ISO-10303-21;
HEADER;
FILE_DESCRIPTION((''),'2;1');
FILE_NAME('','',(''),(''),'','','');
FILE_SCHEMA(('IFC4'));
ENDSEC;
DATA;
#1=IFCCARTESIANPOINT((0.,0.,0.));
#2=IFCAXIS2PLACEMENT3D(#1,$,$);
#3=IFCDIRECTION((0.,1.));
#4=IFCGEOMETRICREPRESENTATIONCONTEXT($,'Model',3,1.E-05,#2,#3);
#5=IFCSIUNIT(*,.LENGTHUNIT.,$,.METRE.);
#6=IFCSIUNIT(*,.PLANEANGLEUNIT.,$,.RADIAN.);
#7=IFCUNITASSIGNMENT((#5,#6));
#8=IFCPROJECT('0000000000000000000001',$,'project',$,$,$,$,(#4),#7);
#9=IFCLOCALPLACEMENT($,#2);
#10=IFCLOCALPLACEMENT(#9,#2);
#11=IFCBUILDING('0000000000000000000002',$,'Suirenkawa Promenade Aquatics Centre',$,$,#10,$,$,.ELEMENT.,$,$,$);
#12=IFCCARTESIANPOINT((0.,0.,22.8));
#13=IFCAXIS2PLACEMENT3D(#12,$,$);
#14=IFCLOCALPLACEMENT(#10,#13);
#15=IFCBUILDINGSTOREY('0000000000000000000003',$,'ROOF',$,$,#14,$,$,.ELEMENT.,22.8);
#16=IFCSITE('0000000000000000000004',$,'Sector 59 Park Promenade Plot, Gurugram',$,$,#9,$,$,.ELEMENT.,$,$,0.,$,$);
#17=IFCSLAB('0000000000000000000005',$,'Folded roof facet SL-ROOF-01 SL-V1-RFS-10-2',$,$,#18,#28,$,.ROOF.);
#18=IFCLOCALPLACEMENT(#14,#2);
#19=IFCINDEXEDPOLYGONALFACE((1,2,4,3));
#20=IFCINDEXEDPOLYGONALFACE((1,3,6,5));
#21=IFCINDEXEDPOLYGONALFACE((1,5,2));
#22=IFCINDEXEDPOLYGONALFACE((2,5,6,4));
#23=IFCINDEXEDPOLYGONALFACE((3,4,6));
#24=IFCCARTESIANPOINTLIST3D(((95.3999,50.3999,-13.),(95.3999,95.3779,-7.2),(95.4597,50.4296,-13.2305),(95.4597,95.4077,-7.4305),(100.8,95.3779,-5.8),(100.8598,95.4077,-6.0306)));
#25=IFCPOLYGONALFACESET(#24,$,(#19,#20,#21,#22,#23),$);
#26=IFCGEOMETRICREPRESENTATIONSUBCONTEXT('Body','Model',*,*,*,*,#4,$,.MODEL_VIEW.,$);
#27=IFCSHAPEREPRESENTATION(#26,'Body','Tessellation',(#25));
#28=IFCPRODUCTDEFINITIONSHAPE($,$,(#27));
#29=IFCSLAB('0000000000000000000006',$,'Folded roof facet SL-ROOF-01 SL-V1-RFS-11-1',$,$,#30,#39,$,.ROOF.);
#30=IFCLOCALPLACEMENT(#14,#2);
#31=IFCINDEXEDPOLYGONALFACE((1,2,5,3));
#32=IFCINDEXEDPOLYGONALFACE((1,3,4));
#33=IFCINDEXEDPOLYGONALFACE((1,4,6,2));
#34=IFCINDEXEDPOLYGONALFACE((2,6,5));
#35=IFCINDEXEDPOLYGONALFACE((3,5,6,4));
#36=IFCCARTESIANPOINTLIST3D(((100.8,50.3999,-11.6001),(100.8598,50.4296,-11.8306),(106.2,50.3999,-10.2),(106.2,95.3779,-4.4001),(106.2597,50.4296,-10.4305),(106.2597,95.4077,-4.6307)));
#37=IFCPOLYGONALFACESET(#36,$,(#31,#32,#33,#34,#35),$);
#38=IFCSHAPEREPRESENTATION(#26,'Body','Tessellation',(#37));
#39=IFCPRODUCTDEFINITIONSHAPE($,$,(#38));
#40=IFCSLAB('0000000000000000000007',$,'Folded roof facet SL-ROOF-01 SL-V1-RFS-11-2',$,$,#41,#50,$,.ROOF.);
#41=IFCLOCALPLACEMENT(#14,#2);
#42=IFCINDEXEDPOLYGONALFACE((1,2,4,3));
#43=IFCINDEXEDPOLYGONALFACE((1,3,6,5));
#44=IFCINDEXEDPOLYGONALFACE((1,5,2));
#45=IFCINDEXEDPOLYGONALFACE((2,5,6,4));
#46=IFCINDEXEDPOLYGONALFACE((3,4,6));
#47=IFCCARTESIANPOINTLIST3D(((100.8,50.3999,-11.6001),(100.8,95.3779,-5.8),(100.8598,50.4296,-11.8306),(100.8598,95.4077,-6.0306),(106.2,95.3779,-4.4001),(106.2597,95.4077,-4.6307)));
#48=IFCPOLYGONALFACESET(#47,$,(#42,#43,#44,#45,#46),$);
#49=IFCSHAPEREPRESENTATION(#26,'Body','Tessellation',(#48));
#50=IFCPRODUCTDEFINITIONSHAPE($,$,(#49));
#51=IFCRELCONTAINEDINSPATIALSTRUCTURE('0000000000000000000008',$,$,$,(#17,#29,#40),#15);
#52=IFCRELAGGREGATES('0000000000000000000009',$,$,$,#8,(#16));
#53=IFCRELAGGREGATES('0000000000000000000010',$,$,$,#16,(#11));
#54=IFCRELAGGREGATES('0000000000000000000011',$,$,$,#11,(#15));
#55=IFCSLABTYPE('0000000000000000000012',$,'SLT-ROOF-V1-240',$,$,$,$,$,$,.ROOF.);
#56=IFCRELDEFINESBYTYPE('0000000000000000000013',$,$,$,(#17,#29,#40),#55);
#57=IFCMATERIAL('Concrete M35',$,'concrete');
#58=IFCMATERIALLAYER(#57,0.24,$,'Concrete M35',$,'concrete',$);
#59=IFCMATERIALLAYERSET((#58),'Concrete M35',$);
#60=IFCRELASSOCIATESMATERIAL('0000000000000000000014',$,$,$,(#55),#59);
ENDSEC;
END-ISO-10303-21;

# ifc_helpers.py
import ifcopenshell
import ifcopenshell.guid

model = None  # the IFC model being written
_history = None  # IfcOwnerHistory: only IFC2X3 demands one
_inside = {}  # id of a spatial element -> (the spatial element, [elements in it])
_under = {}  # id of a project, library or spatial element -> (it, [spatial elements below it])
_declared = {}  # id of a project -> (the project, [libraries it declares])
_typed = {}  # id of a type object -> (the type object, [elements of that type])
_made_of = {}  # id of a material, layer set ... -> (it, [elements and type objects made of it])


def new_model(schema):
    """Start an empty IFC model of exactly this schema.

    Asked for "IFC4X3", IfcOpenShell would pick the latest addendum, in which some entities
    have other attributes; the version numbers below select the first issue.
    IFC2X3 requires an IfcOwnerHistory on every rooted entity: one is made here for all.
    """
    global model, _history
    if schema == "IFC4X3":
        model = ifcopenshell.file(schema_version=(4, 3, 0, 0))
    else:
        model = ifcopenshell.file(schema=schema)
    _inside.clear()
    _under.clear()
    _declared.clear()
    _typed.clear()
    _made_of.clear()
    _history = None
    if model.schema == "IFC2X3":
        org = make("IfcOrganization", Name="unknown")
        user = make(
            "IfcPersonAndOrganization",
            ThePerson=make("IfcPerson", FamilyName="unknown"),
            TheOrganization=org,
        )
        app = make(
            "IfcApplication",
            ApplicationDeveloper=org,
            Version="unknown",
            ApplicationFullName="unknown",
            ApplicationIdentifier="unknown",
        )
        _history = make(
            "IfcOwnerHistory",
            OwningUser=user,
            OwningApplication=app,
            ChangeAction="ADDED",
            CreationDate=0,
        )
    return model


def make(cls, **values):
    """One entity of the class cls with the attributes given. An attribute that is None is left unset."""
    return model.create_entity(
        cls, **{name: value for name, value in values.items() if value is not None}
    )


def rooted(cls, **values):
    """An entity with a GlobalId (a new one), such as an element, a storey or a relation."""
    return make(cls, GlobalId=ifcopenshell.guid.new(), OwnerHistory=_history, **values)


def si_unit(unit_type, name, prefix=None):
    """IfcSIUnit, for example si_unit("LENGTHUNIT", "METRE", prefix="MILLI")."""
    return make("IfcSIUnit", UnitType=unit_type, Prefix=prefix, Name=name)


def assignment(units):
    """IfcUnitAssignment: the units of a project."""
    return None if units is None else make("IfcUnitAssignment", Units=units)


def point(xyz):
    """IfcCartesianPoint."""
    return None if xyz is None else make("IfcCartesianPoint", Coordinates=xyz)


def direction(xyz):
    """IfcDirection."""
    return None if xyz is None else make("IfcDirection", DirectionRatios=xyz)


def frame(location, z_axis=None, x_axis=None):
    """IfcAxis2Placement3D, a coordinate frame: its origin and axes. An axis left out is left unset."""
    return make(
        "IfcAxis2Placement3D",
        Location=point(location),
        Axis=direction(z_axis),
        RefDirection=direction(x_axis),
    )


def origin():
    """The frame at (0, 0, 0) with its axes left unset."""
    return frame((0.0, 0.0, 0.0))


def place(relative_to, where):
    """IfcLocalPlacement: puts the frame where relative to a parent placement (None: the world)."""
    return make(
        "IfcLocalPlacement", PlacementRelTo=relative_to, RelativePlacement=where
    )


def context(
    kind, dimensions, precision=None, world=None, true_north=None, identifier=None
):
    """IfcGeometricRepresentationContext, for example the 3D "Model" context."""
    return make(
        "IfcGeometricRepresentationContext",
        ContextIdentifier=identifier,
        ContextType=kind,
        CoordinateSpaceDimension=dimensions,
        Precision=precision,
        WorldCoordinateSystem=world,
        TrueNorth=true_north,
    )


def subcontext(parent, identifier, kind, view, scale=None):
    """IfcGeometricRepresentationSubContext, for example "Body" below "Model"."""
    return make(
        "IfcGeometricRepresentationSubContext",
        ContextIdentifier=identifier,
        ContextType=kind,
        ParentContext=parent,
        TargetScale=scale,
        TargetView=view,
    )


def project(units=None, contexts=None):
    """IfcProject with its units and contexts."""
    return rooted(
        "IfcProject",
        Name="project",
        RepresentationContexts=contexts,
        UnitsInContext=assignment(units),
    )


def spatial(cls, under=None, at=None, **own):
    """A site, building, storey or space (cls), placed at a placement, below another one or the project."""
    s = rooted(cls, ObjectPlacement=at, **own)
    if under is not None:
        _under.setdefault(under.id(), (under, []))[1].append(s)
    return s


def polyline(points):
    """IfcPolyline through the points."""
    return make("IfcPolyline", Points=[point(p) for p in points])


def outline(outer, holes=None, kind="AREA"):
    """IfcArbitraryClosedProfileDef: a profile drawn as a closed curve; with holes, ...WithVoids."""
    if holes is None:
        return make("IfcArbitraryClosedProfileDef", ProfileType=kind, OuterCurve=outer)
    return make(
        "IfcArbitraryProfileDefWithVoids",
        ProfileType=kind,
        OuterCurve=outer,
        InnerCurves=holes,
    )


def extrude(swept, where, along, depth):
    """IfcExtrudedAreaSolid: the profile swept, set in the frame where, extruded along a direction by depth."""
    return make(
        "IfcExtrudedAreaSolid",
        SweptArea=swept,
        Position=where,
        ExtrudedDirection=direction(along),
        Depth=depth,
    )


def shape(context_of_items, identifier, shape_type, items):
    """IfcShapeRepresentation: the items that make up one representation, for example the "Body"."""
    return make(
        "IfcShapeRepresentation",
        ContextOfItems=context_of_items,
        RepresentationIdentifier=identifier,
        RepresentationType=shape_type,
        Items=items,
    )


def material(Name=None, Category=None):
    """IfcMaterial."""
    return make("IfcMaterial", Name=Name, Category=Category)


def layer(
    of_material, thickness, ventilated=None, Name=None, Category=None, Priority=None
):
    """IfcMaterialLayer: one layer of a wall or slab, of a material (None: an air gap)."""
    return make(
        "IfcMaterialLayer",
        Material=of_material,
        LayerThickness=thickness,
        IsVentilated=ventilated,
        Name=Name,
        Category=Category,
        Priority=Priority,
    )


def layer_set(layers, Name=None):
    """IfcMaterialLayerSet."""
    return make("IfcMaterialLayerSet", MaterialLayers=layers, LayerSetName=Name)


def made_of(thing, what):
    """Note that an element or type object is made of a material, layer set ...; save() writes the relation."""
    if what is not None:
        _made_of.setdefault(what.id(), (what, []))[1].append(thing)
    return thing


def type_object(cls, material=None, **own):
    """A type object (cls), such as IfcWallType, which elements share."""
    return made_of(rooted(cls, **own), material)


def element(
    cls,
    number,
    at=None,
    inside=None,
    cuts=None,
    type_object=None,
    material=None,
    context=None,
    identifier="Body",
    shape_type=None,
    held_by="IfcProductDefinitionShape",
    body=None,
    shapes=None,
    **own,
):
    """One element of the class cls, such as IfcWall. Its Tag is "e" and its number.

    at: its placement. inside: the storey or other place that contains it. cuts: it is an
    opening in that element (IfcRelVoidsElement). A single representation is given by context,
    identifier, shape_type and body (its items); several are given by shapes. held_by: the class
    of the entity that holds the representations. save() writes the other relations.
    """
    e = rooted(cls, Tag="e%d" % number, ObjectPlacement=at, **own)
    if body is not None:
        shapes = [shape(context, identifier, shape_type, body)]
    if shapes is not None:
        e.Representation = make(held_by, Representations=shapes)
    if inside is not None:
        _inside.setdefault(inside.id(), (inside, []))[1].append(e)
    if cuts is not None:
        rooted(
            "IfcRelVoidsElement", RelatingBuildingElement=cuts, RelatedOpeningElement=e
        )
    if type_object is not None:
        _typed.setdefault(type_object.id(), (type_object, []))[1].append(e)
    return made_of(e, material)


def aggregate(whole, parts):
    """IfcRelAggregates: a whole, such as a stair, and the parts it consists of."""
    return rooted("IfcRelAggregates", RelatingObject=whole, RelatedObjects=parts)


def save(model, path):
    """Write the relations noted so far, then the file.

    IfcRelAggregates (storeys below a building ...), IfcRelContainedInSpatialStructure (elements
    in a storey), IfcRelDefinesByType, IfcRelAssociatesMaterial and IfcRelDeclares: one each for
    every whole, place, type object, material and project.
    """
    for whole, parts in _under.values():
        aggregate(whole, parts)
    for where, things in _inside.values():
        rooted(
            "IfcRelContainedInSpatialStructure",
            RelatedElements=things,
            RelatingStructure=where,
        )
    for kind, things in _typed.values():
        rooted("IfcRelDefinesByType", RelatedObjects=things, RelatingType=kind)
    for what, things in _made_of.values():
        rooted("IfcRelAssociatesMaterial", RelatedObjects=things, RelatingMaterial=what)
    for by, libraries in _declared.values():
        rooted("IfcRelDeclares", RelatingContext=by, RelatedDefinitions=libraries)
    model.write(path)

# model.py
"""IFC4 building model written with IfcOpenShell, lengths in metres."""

from ifc_helpers import new_model, si_unit, direction, frame, origin, place, context, subcontext, project, spatial, polyline, outline, extrude, material, layer, layer_set, type_object, element, save


model = new_model("IFC4")

# Units and contexts
model_context = context("Model", 3, precision=1e-05, world=origin(), true_north=direction((0.0, 1.0)))
body_context = subcontext(model_context, "Body", "Model", "MODEL_VIEW")
ifc_project = project(units=[si_unit("LENGTHUNIT", "METRE"), si_unit("PLANEANGLEUNIT", "RADIAN")], contexts=[model_context])

# Site, building, storey
site_placement = place(None, origin())
site = spatial("IfcSite", under=ifc_project, at=site_placement, Name="Sector 59 Park Promenade Plot, Gurugram", CompositionType="ELEMENT", RefElevation=0.0)
building_placement = place(site_placement, origin())
building = spatial("IfcBuilding", under=site, at=building_placement, Name="Suirenkawa Promenade Aquatics Centre", CompositionType="ELEMENT")
storey_placement = place(building_placement, frame((0.0, 0.0, 22.8)))
storey = spatial("IfcBuildingStorey", under=building, at=storey_placement, Name="ROOF", CompositionType="ELEMENT", Elevation=22.8)

# Slabs
ifc_material_1 = material(Name="Concrete M35", Category="concrete")
ifc_layer_1 = layer(ifc_material_1, 0.24, Name="Concrete M35", Category="concrete")
ifc_layer_set_1 = layer_set([ifc_layer_1], Name="Concrete M35")
slab_type = type_object("IfcSlabType", Name="SLT-ROOF-V1-240", PredefinedType="ROOF", material=ifc_layer_set_1)
slab_1_placement = place(storey_placement, frame((95.3999, 50.3999, -13.0), z_axis=(-0.249007, -0.123866, 0.960548), x_axis=(0.117728, 0.980562, 0.156966)))
element("IfcSlab", 1, at=slab_1_placement, inside=storey, type_object=slab_type, Name="Folded roof facet SL-ROOF-01 SL-V1-RFS-10-2", PredefinedType="ROOF", context=body_context, shape_type="SweptSolid", body=[
    extrude(outline(polyline([(0.0, 0.0), (45.8696, 0.0), (45.0142, 5.5127), (0.0, 0.0)])), origin(), (0.0, 0.0, -1.0), 0.24),
])
slab_2_placement = place(storey_placement, frame((100.8, 50.3999, -11.6001), z_axis=(-0.249058, -0.123859, 0.960536), x_axis=(0.967989, 0.0, 0.250991)))
element("IfcSlab", 2, at=slab_2_placement, inside=storey, type_object=slab_type, Name="Folded roof facet SL-ROOF-01 SL-V1-RFS-11-1", PredefinedType="ROOF", context=body_context, shape_type="SweptSolid", body=[
    extrude(outline(polyline([(0.0, 0.0), (5.5785, 0.0), (7.0342, 45.3271), (0.0, 0.0)])), origin(), (0.0, 0.0, -1.0), 0.24),
])
slab_3_placement = place(storey_placement, frame((100.8, 50.3999, -11.6001), z_axis=(-0.249017, -0.123865, 0.960546), x_axis=(0.117723, 0.980563, 0.156966)))
element("IfcSlab", 3, at=slab_3_placement, inside=storey, type_object=slab_type, Name="Folded roof facet SL-ROOF-01 SL-V1-RFS-11-2", PredefinedType="ROOF", context=body_context, shape_type="SweptSolid", body=[
    extrude(outline(polyline([(0.0, 0.0), (45.8696, 0.0), (45.0142, 5.5124), (0.0, 0.0)])), origin(), (0.0, 0.0, -1.0), 0.24),
])

save(model, "model.ifc")
